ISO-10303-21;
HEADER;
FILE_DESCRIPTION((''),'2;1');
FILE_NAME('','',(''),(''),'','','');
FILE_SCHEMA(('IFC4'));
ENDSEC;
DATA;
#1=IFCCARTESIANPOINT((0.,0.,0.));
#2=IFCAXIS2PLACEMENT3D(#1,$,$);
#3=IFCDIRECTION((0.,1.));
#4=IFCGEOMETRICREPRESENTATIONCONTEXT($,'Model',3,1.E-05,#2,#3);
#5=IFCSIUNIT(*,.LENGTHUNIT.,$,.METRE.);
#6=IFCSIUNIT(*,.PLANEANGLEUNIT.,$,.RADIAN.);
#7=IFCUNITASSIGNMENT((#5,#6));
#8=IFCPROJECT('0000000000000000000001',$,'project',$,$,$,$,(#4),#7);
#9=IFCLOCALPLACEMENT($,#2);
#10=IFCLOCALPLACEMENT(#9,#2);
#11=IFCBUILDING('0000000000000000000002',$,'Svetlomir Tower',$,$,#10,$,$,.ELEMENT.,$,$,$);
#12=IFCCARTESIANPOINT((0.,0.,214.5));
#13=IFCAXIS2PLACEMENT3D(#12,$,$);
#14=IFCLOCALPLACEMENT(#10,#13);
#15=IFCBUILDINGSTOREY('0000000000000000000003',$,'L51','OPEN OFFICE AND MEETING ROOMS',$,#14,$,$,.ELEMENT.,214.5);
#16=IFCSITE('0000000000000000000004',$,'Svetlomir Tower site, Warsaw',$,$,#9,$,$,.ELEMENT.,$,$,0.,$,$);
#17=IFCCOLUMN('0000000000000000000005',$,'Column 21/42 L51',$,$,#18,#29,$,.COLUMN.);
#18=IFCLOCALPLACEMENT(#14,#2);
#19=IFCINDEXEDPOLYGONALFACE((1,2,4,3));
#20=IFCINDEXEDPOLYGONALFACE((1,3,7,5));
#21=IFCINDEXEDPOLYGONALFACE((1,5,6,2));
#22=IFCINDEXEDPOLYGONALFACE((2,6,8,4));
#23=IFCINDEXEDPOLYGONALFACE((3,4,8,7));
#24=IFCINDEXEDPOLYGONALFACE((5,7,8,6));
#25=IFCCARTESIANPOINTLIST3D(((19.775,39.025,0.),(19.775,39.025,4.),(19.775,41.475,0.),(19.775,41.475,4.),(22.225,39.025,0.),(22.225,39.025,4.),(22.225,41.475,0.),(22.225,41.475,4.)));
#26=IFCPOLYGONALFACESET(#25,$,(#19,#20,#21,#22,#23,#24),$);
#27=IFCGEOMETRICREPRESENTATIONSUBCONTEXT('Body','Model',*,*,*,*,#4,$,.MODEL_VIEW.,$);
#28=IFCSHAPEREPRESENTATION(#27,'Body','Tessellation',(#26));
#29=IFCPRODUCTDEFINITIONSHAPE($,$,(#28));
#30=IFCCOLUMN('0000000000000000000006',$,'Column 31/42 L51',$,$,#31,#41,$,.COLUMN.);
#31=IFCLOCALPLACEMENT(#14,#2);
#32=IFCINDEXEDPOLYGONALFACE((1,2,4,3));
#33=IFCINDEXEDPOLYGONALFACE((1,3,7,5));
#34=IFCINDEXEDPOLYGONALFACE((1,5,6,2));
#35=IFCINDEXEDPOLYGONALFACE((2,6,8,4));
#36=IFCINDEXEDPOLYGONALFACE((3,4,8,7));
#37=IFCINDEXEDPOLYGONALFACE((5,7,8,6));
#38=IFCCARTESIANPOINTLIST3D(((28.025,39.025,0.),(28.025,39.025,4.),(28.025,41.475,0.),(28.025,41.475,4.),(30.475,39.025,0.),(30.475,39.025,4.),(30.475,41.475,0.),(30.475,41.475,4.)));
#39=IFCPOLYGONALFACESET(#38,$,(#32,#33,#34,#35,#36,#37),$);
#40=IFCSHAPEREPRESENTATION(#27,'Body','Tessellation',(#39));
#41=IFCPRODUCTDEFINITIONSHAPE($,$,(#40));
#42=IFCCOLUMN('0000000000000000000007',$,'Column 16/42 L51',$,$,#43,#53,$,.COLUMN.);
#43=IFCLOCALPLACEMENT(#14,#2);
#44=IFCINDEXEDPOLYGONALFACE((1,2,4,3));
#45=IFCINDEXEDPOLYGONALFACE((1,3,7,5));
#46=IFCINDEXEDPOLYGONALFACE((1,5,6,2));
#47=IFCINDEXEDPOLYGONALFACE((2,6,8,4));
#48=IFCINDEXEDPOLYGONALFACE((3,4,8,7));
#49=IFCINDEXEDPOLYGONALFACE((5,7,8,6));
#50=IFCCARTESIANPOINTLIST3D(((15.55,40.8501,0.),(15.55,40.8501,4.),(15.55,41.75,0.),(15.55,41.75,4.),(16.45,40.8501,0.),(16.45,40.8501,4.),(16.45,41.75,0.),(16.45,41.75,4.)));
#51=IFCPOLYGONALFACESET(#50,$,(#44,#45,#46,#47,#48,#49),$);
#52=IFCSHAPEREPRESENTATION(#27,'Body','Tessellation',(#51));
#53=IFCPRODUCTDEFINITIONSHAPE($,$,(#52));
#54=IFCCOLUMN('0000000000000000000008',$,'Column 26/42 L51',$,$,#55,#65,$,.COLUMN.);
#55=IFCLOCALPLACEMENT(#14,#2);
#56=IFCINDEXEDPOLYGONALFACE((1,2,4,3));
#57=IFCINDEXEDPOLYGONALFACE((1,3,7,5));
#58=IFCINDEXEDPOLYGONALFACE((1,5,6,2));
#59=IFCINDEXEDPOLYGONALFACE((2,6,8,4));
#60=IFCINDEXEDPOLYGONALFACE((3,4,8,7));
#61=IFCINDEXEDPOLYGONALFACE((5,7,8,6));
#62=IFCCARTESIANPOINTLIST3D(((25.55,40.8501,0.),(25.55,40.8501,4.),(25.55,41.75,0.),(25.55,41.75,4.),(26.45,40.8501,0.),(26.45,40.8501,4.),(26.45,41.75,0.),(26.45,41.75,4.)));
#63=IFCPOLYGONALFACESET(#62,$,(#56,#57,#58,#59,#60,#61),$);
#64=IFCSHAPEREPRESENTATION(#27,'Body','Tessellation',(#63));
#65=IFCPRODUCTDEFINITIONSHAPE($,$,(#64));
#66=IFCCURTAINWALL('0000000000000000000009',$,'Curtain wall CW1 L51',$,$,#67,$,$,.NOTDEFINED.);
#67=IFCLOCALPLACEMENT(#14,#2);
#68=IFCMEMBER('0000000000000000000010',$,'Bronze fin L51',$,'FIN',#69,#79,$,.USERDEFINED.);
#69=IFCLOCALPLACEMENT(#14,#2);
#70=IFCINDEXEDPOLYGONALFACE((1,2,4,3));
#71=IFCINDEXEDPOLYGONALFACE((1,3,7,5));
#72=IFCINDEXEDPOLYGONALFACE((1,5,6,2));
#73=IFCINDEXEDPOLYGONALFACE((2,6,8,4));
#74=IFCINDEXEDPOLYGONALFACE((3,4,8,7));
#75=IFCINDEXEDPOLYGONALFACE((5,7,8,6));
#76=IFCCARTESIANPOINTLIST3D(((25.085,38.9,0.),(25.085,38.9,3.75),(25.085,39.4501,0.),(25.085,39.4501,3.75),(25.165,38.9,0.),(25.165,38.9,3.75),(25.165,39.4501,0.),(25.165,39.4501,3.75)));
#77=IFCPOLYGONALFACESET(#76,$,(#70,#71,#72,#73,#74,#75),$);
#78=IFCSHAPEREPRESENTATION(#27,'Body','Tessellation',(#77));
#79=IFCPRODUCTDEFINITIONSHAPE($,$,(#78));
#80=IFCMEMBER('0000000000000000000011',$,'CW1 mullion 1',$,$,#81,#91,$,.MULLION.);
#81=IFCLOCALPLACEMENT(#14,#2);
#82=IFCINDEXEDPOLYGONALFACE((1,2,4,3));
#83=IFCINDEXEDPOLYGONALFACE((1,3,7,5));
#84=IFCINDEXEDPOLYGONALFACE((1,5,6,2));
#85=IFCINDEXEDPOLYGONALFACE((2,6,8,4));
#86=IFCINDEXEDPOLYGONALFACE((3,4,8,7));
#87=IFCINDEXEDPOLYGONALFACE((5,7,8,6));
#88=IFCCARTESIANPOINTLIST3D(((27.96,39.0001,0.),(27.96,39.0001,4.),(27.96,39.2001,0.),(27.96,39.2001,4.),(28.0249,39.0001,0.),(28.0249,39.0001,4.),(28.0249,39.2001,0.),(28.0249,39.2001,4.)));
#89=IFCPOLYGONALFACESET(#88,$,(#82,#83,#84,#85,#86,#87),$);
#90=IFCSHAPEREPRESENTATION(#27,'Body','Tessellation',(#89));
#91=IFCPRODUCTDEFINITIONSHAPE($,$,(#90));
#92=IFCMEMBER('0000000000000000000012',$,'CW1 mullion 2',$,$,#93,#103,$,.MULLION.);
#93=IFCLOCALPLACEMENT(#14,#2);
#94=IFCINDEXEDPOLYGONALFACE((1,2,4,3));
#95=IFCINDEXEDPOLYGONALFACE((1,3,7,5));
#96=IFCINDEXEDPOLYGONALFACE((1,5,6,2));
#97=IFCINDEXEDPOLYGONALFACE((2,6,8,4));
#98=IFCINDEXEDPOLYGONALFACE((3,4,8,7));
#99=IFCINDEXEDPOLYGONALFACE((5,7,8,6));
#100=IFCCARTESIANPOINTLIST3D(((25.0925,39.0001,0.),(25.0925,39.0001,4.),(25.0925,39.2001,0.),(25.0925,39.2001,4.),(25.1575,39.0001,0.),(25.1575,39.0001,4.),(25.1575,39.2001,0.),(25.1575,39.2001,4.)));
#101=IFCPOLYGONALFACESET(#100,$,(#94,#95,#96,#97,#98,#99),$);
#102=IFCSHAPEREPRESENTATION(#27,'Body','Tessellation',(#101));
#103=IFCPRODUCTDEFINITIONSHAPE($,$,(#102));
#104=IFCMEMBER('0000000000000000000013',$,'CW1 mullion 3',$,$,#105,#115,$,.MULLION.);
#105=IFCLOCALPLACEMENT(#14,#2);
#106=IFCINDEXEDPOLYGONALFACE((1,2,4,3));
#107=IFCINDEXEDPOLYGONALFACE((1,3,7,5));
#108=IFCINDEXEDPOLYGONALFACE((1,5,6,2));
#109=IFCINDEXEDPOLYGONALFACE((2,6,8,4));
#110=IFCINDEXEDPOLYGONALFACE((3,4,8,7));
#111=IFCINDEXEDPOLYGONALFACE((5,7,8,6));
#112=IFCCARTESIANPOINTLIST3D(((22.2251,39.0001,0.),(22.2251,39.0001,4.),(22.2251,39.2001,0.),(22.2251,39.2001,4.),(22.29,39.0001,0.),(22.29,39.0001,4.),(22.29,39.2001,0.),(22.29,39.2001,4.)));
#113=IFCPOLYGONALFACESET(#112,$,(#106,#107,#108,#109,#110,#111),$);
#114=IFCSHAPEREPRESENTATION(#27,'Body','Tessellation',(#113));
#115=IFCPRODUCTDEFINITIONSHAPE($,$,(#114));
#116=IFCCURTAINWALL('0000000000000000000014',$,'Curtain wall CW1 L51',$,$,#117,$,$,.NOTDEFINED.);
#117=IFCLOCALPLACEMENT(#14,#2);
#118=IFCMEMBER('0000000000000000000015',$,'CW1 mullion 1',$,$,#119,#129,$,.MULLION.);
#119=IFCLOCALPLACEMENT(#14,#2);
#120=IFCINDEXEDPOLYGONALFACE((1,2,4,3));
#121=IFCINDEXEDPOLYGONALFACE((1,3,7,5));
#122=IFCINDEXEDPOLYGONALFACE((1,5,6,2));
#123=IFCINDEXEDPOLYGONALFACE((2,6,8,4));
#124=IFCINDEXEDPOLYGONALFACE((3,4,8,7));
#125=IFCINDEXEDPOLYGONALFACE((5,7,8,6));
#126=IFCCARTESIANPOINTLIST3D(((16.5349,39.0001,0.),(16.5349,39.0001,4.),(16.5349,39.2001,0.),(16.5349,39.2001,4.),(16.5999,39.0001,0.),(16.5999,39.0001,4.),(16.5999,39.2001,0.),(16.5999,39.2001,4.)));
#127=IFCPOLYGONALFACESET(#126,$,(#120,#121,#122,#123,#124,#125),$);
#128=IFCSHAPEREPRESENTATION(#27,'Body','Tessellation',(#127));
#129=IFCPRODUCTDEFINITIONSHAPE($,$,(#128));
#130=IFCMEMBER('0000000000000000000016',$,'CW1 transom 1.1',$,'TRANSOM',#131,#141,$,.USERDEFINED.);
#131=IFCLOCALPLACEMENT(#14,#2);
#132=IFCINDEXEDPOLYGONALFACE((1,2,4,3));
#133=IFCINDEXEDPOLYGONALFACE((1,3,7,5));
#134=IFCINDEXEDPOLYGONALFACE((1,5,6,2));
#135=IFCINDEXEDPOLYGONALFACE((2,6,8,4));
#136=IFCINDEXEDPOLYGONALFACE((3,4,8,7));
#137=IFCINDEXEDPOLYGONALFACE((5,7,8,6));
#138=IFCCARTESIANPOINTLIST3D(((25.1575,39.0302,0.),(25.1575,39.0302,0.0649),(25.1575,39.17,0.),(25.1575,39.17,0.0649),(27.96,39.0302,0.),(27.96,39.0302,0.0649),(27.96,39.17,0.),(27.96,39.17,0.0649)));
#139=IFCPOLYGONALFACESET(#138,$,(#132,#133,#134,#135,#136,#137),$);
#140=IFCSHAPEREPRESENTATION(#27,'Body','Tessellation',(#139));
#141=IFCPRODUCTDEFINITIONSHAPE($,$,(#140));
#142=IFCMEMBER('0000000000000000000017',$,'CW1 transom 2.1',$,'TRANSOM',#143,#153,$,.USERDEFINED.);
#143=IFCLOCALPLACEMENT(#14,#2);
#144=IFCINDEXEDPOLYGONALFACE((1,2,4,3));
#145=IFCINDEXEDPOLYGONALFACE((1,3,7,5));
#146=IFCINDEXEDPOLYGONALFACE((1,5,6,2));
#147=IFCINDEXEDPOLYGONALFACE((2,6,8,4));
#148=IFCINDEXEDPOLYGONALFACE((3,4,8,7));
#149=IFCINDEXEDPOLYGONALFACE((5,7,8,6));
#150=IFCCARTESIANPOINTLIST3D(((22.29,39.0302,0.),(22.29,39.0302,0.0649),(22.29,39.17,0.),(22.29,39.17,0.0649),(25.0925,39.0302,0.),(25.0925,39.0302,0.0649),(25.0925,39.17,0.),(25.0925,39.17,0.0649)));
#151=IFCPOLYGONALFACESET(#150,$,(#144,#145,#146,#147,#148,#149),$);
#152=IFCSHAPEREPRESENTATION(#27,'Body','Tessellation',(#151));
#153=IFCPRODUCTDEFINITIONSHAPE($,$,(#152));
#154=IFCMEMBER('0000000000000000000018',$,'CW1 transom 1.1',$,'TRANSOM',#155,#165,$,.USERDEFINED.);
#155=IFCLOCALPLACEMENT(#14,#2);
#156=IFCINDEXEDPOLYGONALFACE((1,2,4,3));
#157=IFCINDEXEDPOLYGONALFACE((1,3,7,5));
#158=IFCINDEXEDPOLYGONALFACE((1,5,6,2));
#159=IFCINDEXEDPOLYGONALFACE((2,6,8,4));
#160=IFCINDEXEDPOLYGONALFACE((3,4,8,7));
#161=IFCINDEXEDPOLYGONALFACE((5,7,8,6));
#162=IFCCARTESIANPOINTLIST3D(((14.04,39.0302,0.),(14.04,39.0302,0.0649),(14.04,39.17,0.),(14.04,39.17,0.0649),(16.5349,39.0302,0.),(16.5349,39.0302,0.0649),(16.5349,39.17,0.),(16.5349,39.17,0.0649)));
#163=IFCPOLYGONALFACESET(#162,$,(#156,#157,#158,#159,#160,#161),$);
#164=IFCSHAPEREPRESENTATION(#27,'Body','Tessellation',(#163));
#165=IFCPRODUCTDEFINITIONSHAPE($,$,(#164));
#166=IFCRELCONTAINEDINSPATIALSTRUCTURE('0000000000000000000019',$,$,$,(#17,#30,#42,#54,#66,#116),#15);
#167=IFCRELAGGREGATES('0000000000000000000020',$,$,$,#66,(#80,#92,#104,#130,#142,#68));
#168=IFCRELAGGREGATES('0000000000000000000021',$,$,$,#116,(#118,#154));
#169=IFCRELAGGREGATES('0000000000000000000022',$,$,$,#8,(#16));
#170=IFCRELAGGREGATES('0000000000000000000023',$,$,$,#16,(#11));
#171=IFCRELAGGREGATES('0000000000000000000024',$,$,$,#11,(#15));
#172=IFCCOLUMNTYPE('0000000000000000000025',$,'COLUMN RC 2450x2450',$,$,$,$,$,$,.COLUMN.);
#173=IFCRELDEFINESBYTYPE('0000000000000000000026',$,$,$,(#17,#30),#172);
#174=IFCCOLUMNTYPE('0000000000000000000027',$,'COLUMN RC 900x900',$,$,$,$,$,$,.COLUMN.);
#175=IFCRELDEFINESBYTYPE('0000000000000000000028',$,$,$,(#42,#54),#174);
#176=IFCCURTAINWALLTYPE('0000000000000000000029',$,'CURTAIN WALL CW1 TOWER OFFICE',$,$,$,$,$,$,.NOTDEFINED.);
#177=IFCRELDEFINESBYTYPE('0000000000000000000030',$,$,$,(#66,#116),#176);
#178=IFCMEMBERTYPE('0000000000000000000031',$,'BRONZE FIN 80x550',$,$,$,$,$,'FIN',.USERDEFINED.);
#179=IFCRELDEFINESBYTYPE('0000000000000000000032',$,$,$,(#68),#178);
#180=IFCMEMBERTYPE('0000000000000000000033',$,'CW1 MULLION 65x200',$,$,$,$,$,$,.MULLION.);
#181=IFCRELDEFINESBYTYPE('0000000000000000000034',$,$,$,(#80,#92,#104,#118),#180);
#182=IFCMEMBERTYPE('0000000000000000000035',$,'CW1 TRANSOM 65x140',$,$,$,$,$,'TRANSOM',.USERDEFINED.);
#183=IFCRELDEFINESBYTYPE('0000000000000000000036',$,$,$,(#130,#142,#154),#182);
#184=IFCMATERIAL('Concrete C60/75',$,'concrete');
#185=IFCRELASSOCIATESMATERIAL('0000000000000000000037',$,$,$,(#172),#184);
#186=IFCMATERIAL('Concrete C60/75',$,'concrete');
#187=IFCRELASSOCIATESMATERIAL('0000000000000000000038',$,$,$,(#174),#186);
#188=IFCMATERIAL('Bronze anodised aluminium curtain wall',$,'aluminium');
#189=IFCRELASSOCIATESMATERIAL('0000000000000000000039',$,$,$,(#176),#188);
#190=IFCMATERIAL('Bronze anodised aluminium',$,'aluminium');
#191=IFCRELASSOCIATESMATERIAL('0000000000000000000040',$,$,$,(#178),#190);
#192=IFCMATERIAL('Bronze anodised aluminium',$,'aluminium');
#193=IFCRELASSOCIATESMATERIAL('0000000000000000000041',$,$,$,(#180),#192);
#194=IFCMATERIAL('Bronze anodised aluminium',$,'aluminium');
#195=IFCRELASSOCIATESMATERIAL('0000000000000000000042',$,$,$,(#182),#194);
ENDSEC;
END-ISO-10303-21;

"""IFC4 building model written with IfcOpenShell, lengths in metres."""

from ifc_helpers import new_model, si_unit, direction, frame, origin, origin_2d, place, context, subcontext, project, spatial, rectangle, extrude, material, material_profile, profile_set, type_object, element, aggregate, save


model = new_model("IFC4")

# Units and contexts
model_context = context("Model", 3, precision=1e-05, world=origin(), true_north=direction((0.0, 1.0)))
body_context = subcontext(model_context, "Body", "Model", "MODEL_VIEW")
ifc_project = project(units=[si_unit("LENGTHUNIT", "METRE"), si_unit("PLANEANGLEUNIT", "RADIAN")], contexts=[model_context])

# Site, building, storey
site_placement = place(None, origin())
site = spatial("IfcSite", under=ifc_project, at=site_placement, Name="Svetlomir Tower site, Warsaw", CompositionType="ELEMENT", RefElevation=0.0)
building_placement = place(site_placement, origin())
building = spatial("IfcBuilding", under=site, at=building_placement, Name="Svetlomir Tower", CompositionType="ELEMENT")
storey_placement = place(building_placement, frame((0.0, 0.0, 214.5)))
storey = spatial("IfcBuildingStorey", under=building, at=storey_placement, Name="L51", Description="OPEN OFFICE AND MEETING ROOMS", CompositionType="ELEMENT", Elevation=214.5)

# Columns
ifc_material_1 = material(Name="Concrete C60/75", Category="concrete")
ifc_material_profile_1 = material_profile(ifc_material_1, rectangle(XDim=2.45, YDim=2.45, at=origin_2d()), Name="RC 2450x2450")
ifc_profile_set_1 = profile_set([ifc_material_profile_1], Name="Concrete C60/75")
column_type_1 = type_object("IfcColumnType", Name="COLUMN RC 2450x2450", PredefinedType="COLUMN", material=ifc_profile_set_1)
for number, where, z_axis, x_axis, name in (
    (1, (21.0, 40.25, 0.0), (0.0, 0.0, 1.0), (1.0, 0.0, 0.0), "Column 21/42 L51"),
    (2, (29.25, 40.25, 0.0), (0.0, 0.0, 1.0), (1.0, 0.0, 0.0), "Column 31/42 L51"),
):
    element("IfcColumn", number, at=place(storey_placement, frame(where, z_axis=z_axis, x_axis=x_axis)), inside=storey, type_object=column_type_1, Name=name, PredefinedType="COLUMN", context=body_context, shape_type="SweptSolid", body=[
        extrude(rectangle(XDim=2.45, YDim=2.45, at=origin_2d()), origin(), (0.0, 0.0, 1.0), 4.0),
    ])
ifc_material_2 = material(Name="Concrete C60/75", Category="concrete")
ifc_material_profile_2 = material_profile(ifc_material_2, rectangle(XDim=0.8999, YDim=0.8999, at=origin_2d()), Name="RC 900x900")
ifc_profile_set_2 = profile_set([ifc_material_profile_2], Name="Concrete C60/75")
column_type_2 = type_object("IfcColumnType", Name="COLUMN RC 900x900", PredefinedType="COLUMN", material=ifc_profile_set_2)
for number, where, z_axis, x_axis, name in (
    (3, (16.0, 41.3, 0.0), (0.0, 0.0, 1.0), (1.0, 0.0, 0.0), "Column 16/42 L51"),
    (4, (26.0, 41.3, 0.0), (0.0, 0.0, 1.0), (1.0, 0.0, 0.0), "Column 26/42 L51"),
):
    element("IfcColumn", number, at=place(storey_placement, frame(where, z_axis=z_axis, x_axis=x_axis)), inside=storey, type_object=column_type_2, Name=name, PredefinedType="COLUMN", context=body_context, shape_type="SweptSolid", body=[
        extrude(rectangle(XDim=0.8999, YDim=0.8999, at=origin_2d()), origin(), (0.0, 0.0, 1.0), 4.0),
    ])

# Curtain wall, members
ifc_material_3 = material(Name="Bronze anodised aluminium curtain wall", Category="aluminium")
curtain_wall_type = type_object("IfcCurtainWallType", Name="CURTAIN WALL CW1 TOWER OFFICE", PredefinedType="NOTDEFINED", material=ifc_material_3)
curtain_wall_1_placement = place(storey_placement, origin())
curtain_wall_1 = element("IfcCurtainWall", 5, at=curtain_wall_1_placement, inside=storey, type_object=curtain_wall_type, Name="Curtain wall CW1 L51", PredefinedType="NOTDEFINED")
ifc_material_4 = material(Name="Bronze anodised aluminium", Category="aluminium")
ifc_material_profile_3 = material_profile(ifc_material_4, rectangle(XDim=0.0801, YDim=0.55, at=origin_2d()), Name="FIN 80x550")
ifc_profile_set_3 = profile_set([ifc_material_profile_3], Name="Bronze anodised aluminium 6063-T6")
member_type_1 = type_object("IfcMemberType", Name="BRONZE FIN 80x550", ElementType="FIN", PredefinedType="USERDEFINED", material=ifc_profile_set_3)
member_1_placement = place(storey_placement, frame((25.125, 39.175, 0.0), z_axis=(0.0, 0.0, 1.0), x_axis=(1.0, 0.0, 0.0)))
member_1 = element("IfcMember", 6, at=member_1_placement, type_object=member_type_1, Name="Bronze fin L51", ObjectType="FIN", PredefinedType="USERDEFINED", context=body_context, shape_type="SweptSolid", body=[
    extrude(rectangle(XDim=0.0801, YDim=0.55, at=origin_2d()), origin(), (0.0, 0.0, 1.0), 3.75),
])
ifc_material_5 = material(Name="Bronze anodised aluminium", Category="aluminium")
ifc_material_profile_4 = material_profile(ifc_material_5, rectangle(XDim=0.0649, YDim=0.2, at=origin_2d()), Name="AL 65x200")
ifc_profile_set_4 = profile_set([ifc_material_profile_4], Name="Bronze anodised aluminium 6063-T6")
member_type_2 = type_object("IfcMemberType", Name="CW1 MULLION 65x200", PredefinedType="MULLION", material=ifc_profile_set_4)
member_2_placement = place(storey_placement, frame((27.9924, 39.1001, 0.0), z_axis=(0.0, 0.0, 1.0), x_axis=(-1.0, 0.0, 0.0)))
member_2 = element("IfcMember", 7, at=member_2_placement, type_object=member_type_2, Name="CW1 mullion 1", PredefinedType="MULLION", context=body_context, shape_type="SweptSolid", body=[
    extrude(rectangle(XDim=0.0649, YDim=0.2, at=origin_2d()), origin(), (0.0, 0.0, 1.0), 4.0),
])
member_3_placement = place(storey_placement, frame((25.125, 39.1001, 0.0), z_axis=(0.0, 0.0, 1.0), x_axis=(-1.0, 0.0, 0.0)))
member_3 = element("IfcMember", 8, at=member_3_placement, type_object=member_type_2, Name="CW1 mullion 2", PredefinedType="MULLION", context=body_context, shape_type="SweptSolid", body=[
    extrude(rectangle(XDim=0.0649, YDim=0.2, at=origin_2d()), origin(), (0.0, 0.0, 1.0), 4.0),
])
member_4_placement = place(storey_placement, frame((22.2576, 39.1001, 0.0), z_axis=(0.0, 0.0, 1.0), x_axis=(-1.0, 0.0, 0.0)))
member_4 = element("IfcMember", 9, at=member_4_placement, type_object=member_type_2, Name="CW1 mullion 3", PredefinedType="MULLION", context=body_context, shape_type="SweptSolid", body=[
    extrude(rectangle(XDim=0.0649, YDim=0.2, at=origin_2d()), origin(), (0.0, 0.0, 1.0), 4.0),
])

# Curtain wall, member
curtain_wall_2_placement = place(storey_placement, origin())
curtain_wall_2 = element("IfcCurtainWall", 10, at=curtain_wall_2_placement, inside=storey, type_object=curtain_wall_type, Name="Curtain wall CW1 L51", PredefinedType="NOTDEFINED")
member_5_placement = place(storey_placement, frame((16.5674, 39.1001, 0.0), z_axis=(0.0, 0.0, 1.0), x_axis=(-1.0, 0.0, 0.0)))
member_5 = element("IfcMember", 11, at=member_5_placement, type_object=member_type_2, Name="CW1 mullion 1", PredefinedType="MULLION", context=body_context, shape_type="SweptSolid", body=[
    extrude(rectangle(XDim=0.0649, YDim=0.2, at=origin_2d()), origin(), (0.0, 0.0, 1.0), 4.0),
])

# Members
ifc_material_6 = material(Name="Bronze anodised aluminium", Category="aluminium")
ifc_material_profile_5 = material_profile(ifc_material_6, rectangle(XDim=0.1399, YDim=0.0649, at=origin_2d()), Name="AL 140x65")
ifc_profile_set_5 = profile_set([ifc_material_profile_5], Name="Bronze anodised aluminium 6063-T6")
member_type_3 = type_object("IfcMemberType", Name="CW1 TRANSOM 65x140", ElementType="TRANSOM", PredefinedType="USERDEFINED", material=ifc_profile_set_5)
member_6_placement = place(storey_placement, frame((27.96, 39.1001, 0.0325), z_axis=(-1.0, 0.0, 0.0), x_axis=(0.0, -1.0, 0.0)))
member_6 = element("IfcMember", 12, at=member_6_placement, type_object=member_type_3, Name="CW1 transom 1.1", ObjectType="TRANSOM", PredefinedType="USERDEFINED", context=body_context, shape_type="SweptSolid", body=[
    extrude(rectangle(XDim=0.1399, YDim=0.0649, at=origin_2d()), origin(), (0.0, 0.0, 1.0), 2.8025),
])
member_7_placement = place(storey_placement, frame((25.0925, 39.1001, 0.0325), z_axis=(-1.0, 0.0, 0.0), x_axis=(0.0, -1.0, 0.0)))
member_7 = element("IfcMember", 13, at=member_7_placement, type_object=member_type_3, Name="CW1 transom 2.1", ObjectType="TRANSOM", PredefinedType="USERDEFINED", context=body_context, shape_type="SweptSolid", body=[
    extrude(rectangle(XDim=0.1399, YDim=0.0649, at=origin_2d()), origin(), (0.0, 0.0, 1.0), 2.8025),
])
member_8_placement = place(storey_placement, frame((16.5349, 39.1001, 0.0325), z_axis=(-1.0, 0.0, 0.0), x_axis=(0.0, -1.0, 0.0)))
member_8 = element("IfcMember", 14, at=member_8_placement, type_object=member_type_3, Name="CW1 transom 1.1", ObjectType="TRANSOM", PredefinedType="USERDEFINED", context=body_context, shape_type="SweptSolid", body=[
    extrude(rectangle(XDim=0.1399, YDim=0.0649, at=origin_2d()), origin(), (0.0, 0.0, 1.0), 2.4949),
])

aggregate(curtain_wall_1, [member_2, member_3, member_4, member_6, member_7, member_1])
aggregate(curtain_wall_2, [member_5, member_8])

save(model, "model.ifc")
